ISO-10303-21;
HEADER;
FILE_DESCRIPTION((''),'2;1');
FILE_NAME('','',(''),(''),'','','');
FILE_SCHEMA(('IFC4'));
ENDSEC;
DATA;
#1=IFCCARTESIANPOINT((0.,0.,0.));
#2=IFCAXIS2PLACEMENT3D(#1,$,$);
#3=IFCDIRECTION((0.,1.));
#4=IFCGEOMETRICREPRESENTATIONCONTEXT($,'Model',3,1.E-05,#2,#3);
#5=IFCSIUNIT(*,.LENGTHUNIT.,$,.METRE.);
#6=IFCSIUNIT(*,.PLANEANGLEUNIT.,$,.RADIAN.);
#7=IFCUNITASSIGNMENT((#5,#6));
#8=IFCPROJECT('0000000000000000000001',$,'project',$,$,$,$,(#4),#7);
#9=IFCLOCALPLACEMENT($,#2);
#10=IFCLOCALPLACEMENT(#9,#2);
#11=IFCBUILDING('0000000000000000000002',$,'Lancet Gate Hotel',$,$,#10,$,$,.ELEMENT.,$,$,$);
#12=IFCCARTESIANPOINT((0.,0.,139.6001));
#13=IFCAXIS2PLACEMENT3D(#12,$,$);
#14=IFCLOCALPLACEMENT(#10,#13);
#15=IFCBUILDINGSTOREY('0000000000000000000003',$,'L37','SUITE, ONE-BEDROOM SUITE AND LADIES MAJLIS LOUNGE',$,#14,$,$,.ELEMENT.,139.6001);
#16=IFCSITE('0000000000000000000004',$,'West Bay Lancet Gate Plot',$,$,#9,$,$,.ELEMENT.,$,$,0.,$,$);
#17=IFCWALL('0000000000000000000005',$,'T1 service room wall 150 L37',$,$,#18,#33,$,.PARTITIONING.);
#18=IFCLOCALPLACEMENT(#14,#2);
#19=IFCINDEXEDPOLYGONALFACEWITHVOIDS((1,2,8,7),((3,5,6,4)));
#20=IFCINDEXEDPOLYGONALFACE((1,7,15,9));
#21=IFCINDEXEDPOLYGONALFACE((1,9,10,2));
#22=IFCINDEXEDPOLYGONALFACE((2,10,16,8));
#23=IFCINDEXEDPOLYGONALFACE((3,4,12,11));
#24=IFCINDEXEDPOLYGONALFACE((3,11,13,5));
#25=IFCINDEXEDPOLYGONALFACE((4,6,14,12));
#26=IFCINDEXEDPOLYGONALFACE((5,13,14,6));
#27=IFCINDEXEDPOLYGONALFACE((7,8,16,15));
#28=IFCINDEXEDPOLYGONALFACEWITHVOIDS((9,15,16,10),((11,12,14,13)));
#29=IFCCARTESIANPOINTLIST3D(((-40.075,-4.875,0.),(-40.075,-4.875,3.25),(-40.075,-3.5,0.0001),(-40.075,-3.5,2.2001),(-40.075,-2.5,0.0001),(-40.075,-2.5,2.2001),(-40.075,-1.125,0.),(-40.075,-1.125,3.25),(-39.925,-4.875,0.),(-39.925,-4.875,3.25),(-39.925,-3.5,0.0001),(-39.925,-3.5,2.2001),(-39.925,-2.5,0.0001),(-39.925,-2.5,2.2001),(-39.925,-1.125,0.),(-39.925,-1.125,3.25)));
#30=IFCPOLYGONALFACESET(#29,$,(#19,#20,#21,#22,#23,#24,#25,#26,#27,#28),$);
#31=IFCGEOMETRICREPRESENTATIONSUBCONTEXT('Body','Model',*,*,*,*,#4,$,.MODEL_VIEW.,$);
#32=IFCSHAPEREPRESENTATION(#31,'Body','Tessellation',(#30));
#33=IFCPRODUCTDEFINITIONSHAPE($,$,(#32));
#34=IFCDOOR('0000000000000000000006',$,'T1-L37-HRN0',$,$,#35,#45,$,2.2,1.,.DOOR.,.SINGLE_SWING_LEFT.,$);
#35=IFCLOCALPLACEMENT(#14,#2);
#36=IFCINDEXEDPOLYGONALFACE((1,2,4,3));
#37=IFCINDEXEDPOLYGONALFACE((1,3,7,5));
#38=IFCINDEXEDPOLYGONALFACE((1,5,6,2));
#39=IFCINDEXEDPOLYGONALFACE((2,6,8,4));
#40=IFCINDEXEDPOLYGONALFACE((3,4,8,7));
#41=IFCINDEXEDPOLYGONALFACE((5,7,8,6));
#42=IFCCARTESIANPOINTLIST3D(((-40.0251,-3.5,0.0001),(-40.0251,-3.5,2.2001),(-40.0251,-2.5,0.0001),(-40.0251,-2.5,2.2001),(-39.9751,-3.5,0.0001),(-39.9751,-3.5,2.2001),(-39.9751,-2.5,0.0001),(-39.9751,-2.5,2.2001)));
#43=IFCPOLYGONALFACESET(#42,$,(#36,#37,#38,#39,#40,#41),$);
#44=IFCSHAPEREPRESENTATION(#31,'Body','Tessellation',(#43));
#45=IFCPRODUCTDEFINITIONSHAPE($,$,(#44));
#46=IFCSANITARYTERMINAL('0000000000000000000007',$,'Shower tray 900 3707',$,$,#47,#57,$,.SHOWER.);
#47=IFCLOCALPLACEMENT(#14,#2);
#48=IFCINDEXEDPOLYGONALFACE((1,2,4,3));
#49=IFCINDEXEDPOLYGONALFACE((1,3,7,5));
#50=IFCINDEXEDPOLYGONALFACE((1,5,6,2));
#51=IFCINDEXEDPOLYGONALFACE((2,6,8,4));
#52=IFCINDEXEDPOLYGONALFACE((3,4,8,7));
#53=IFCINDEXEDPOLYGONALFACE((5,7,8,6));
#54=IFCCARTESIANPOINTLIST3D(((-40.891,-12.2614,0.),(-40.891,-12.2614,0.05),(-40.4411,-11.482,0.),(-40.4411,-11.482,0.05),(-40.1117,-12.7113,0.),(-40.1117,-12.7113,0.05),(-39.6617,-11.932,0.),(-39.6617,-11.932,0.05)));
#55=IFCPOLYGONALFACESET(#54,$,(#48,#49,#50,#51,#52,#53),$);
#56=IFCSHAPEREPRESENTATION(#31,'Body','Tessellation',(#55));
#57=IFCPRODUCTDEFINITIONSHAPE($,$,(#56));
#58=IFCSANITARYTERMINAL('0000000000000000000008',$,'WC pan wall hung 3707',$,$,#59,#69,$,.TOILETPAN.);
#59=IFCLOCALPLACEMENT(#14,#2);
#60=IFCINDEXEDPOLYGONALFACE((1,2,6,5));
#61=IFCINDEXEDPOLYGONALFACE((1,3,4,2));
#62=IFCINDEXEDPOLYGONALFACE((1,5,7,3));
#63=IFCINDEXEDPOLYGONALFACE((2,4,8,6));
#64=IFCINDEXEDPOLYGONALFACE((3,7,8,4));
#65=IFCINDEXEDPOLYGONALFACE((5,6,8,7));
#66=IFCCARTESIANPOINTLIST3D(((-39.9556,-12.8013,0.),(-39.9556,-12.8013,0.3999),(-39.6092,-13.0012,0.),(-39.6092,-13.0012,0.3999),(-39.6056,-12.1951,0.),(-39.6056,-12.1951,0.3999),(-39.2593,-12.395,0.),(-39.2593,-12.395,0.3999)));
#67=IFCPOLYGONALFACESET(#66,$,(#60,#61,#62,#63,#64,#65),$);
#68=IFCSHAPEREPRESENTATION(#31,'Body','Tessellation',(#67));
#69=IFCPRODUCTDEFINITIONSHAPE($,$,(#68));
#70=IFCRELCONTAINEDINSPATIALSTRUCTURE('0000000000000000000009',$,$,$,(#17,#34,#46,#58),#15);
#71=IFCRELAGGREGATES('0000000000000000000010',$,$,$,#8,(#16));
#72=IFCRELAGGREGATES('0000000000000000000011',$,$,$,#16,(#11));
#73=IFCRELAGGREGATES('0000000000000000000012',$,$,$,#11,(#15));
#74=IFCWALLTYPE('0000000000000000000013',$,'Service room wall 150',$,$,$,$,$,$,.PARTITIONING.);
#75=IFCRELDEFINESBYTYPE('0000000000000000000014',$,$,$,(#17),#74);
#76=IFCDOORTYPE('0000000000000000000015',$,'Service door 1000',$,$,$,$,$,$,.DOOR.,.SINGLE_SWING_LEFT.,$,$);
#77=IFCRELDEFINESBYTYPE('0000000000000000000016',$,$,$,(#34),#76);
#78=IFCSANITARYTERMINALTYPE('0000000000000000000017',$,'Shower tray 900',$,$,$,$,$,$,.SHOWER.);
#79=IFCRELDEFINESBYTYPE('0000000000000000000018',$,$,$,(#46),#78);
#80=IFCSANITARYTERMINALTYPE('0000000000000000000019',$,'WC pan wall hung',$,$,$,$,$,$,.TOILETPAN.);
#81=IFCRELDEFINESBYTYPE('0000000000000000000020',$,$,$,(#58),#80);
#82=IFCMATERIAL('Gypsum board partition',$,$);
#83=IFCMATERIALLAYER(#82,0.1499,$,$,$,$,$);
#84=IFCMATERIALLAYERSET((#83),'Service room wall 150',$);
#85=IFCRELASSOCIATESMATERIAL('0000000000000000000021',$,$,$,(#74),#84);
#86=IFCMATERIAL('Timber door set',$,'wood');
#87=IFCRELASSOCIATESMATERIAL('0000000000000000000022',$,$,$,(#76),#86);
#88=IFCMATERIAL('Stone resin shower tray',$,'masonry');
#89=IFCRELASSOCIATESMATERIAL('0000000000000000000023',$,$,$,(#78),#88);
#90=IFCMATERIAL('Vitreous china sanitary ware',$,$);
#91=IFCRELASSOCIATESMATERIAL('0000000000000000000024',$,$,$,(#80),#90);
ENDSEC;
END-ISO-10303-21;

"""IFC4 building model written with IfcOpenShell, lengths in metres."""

from ifc_helpers import new_model, si_unit, direction, frame, frame_2d, origin, origin_2d, place, context, subcontext, project, spatial, rectangle, extrude, material, layer, layer_set, type_object, element, fill, save


model = new_model("IFC4")

# Units and contexts
model_context = context("Model", 3, precision=1e-05, world=origin(), true_north=direction((0.0, 1.0)))
body_context = subcontext(model_context, "Body", "Model", "MODEL_VIEW")
ifc_project = project(units=[si_unit("LENGTHUNIT", "METRE"), si_unit("PLANEANGLEUNIT", "RADIAN")], contexts=[model_context])

# Site, building, storey
site_placement = place(None, origin())
site = spatial("IfcSite", under=ifc_project, at=site_placement, Name="West Bay Lancet Gate Plot", CompositionType="ELEMENT", RefElevation=0.0)
building_placement = place(site_placement, origin())
building = spatial("IfcBuilding", under=site, at=building_placement, Name="Lancet Gate Hotel", CompositionType="ELEMENT")
storey_placement = place(building_placement, frame((0.0, 0.0, 139.6001)))
storey = spatial("IfcBuildingStorey", under=building, at=storey_placement, Name="L37", Description="SUITE, ONE-BEDROOM SUITE AND LADIES MAJLIS LOUNGE", CompositionType="ELEMENT", Elevation=139.6001)

# Wall, opening, door
ifc_material_1 = material(Name="Gypsum board partition")
ifc_layer_1 = layer(ifc_material_1, 0.1499)
ifc_layer_set_1 = layer_set([ifc_layer_1], Name="Service room wall 150")
wall_type_1 = type_object("IfcWallType", Name="Service room wall 150", PredefinedType="PARTITIONING", material=ifc_layer_set_1)
wall_1_placement = place(storey_placement, frame((-40.0, -1.125, 0.0), z_axis=(0.0, 0.0, 1.0), x_axis=(0.0, -1.0, 0.0)))
wall_1 = element("IfcWall", 1, at=wall_1_placement, inside=storey, type_object=wall_type_1, Name="T1 service room wall 150 L37", PredefinedType="PARTITIONING", context=body_context, shape_type="SweptSolid", body=[
    extrude(rectangle(XDim=3.75, YDim=0.1499, at=frame_2d((1.875, 0.0))), origin(), (0.0, 0.0, 1.0), 3.25),
])
opening_1_placement = place(wall_1_placement, frame((1.375, 0.0, 0.0)))
opening_1 = element("IfcOpeningElement", 2, at=opening_1_placement, cuts=wall_1, PredefinedType="OPENING", context=body_context, shape_type="SweptSolid", body=[
    extrude(rectangle(XDim=1.0, YDim=2.2, at=frame_2d((0.5, 1.1001))), frame((0.0, 0.085, 0.0), z_axis=(0.0, -1.0, 0.0), x_axis=(1.0, 0.0, 0.0)), (0.0, 0.0, 1.0), 0.1699),
])
ifc_material_2 = material(Name="Timber door set", Category="wood")
door_type_1 = type_object("IfcDoorType", Name="Service door 1000", OperationType="SINGLE_SWING_LEFT", PredefinedType="DOOR", material=ifc_material_2)
door_1_placement = place(opening_1_placement, origin())
door_1 = element("IfcDoor", 3, at=door_1_placement, inside=storey, type_object=door_type_1, Name="T1-L37-HRN0", OperationType="SINGLE_SWING_LEFT", OverallHeight=2.2, OverallWidth=1.0, PredefinedType="DOOR", context=body_context, shape_type="SweptSolid", body=[
    extrude(rectangle(XDim=1.0, YDim=2.2, at=frame_2d((0.5, 1.1001))), frame((0.0, 0.0249, 0.0), z_axis=(0.0, -1.0, 0.0), x_axis=(1.0, 0.0, 0.0)), (0.0, 0.0, 1.0), 0.05),
])
fill(opening_1, door_1)

# Sanitary terminals
ifc_material_3 = material(Name="Stone resin shower tray", Category="masonry")
sanitary_terminal_type_1 = type_object("IfcSanitaryTerminalType", Name="Shower tray 900", PredefinedType="SHOWER", material=ifc_material_3)
sanitary_terminal_1_placement = place(storey_placement, frame((-40.2764, -12.0967, 0.0), z_axis=(0.0, 0.0, 1.0), x_axis=(-0.866025, 0.5, 0.0)))
element("IfcSanitaryTerminal", 4, at=sanitary_terminal_1_placement, inside=storey, type_object=sanitary_terminal_type_1, Name="Shower tray 900 3707", PredefinedType="SHOWER", context=body_context, shape_type="SweptSolid", body=[
    extrude(rectangle(XDim=0.8999, YDim=0.8999, at=origin_2d()), origin(), (0.0, 0.0, 1.0), 0.05),
])
ifc_material_4 = material(Name="Vitreous china sanitary ware")
sanitary_terminal_type_2 = type_object("IfcSanitaryTerminalType", Name="WC pan wall hung", PredefinedType="TOILETPAN", material=ifc_material_4)
sanitary_terminal_2_placement = place(storey_placement, frame((-39.6074, -12.5981, 0.0), z_axis=(0.0, 0.0, 1.0), x_axis=(-0.866025, 0.5, 0.0)))
element("IfcSanitaryTerminal", 5, at=sanitary_terminal_2_placement, inside=storey, type_object=sanitary_terminal_type_2, Name="WC pan wall hung 3707", PredefinedType="TOILETPAN", context=body_context, shape_type="SweptSolid", body=[
    extrude(rectangle(XDim=0.3999, YDim=0.7, at=origin_2d()), origin(), (0.0, 0.0, 1.0), 0.3999),
])

save(model, "model.ifc")
